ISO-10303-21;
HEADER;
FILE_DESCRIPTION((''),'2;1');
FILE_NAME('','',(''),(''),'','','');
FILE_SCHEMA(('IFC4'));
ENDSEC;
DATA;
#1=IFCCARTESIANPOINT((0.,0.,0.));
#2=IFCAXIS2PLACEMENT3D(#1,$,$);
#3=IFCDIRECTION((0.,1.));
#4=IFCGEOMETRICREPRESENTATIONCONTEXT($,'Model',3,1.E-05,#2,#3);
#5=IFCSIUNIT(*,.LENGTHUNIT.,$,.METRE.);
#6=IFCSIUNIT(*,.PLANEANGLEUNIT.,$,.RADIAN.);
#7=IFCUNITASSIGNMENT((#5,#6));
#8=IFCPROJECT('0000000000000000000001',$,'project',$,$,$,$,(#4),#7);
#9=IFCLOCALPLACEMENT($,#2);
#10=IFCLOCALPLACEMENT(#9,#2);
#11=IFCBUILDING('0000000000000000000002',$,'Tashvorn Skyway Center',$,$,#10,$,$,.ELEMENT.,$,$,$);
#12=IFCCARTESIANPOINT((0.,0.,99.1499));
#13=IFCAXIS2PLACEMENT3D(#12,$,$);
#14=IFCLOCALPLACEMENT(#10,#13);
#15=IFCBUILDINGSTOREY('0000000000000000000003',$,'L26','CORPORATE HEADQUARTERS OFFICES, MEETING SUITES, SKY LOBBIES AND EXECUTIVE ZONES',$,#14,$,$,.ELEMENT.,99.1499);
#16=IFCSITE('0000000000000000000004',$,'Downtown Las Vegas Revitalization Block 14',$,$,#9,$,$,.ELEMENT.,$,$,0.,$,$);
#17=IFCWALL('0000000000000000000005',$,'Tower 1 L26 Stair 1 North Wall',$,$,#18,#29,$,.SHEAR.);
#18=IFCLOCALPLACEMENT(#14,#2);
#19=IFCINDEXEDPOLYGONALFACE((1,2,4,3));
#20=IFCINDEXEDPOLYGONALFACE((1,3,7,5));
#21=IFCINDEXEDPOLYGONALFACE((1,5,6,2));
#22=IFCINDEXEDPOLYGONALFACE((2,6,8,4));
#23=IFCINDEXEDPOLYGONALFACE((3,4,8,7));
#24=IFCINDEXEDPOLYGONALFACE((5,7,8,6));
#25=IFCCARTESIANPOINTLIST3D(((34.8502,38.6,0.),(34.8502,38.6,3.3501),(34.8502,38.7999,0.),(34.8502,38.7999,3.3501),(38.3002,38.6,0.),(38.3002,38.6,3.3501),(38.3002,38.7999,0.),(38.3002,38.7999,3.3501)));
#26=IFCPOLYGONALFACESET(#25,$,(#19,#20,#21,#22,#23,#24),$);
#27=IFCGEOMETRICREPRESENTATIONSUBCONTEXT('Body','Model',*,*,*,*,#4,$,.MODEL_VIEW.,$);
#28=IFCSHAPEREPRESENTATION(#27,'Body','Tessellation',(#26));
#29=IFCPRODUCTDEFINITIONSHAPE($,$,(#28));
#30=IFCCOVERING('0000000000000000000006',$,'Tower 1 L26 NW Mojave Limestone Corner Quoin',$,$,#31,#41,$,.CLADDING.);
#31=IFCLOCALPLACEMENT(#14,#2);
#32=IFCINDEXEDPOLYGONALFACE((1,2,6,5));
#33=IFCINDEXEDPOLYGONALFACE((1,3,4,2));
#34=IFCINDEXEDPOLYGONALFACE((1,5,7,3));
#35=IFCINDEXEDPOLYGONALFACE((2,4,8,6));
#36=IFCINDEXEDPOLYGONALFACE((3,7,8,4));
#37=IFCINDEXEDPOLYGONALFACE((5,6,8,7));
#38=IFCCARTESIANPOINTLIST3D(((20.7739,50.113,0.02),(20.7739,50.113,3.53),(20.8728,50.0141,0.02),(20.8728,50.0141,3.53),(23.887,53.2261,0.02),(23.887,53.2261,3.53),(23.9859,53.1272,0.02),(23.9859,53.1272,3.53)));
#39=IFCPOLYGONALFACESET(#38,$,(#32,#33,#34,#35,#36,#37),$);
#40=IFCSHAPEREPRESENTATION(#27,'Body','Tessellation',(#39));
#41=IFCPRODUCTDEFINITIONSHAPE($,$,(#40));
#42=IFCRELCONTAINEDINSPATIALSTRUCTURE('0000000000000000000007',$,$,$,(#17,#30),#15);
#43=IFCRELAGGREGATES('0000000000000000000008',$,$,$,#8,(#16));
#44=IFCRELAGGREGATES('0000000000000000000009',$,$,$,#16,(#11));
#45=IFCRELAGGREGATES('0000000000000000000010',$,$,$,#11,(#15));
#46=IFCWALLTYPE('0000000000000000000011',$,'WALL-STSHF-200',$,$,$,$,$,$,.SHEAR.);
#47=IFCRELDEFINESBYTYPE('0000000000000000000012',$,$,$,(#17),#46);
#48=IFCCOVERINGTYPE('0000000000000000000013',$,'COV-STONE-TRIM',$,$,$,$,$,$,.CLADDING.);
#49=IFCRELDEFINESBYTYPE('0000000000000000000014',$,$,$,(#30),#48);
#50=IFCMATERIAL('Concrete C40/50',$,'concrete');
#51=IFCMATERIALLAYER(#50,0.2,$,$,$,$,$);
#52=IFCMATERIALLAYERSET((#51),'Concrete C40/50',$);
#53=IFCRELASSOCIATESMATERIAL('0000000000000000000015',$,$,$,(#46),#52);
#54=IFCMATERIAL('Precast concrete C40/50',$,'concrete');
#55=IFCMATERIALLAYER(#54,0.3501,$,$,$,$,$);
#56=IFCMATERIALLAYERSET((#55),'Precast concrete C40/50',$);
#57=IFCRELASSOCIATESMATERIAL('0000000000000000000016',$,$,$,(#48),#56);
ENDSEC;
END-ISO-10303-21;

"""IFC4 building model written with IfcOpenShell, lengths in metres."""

from ifc_helpers import new_model, si_unit, direction, frame, frame_2d, origin, origin_2d, place, context, subcontext, project, spatial, rectangle, extrude, material, layer, layer_set, type_object, element, save


model = new_model("IFC4")

# Units and contexts
model_context = context("Model", 3, precision=1e-05, world=origin(), true_north=direction((0.0, 1.0)))
body_context = subcontext(model_context, "Body", "Model", "MODEL_VIEW")
ifc_project = project(units=[si_unit("LENGTHUNIT", "METRE"), si_unit("PLANEANGLEUNIT", "RADIAN")], contexts=[model_context])

# Site, building, storey
site_placement = place(None, origin())
site = spatial("IfcSite", under=ifc_project, at=site_placement, Name="Downtown Las Vegas Revitalization Block 14", CompositionType="ELEMENT", RefElevation=0.0)
building_placement = place(site_placement, origin())
building = spatial("IfcBuilding", under=site, at=building_placement, Name="Tashvorn Skyway Center", CompositionType="ELEMENT")
storey_placement = place(building_placement, frame((0.0, 0.0, 99.1499)))
storey = spatial("IfcBuildingStorey", under=building, at=storey_placement, Name="L26", Description="CORPORATE HEADQUARTERS OFFICES, MEETING SUITES, SKY LOBBIES AND EXECUTIVE ZONES", CompositionType="ELEMENT", Elevation=99.1499)

# Shared definitions
ifc_material_1 = material(Name="Precast concrete C40/50", Category="concrete")

# Wall
ifc_material_2 = material(Name="Concrete C40/50", Category="concrete")
ifc_layer_1 = layer(ifc_material_2, 0.2)
ifc_layer_set_1 = layer_set([ifc_layer_1], Name="Concrete C40/50")
wall_type_1 = type_object("IfcWallType", Name="WALL-STSHF-200", PredefinedType="SHEAR", material=ifc_layer_set_1)
wall_1_placement = place(storey_placement, frame((34.8501, 38.7, 0.0), z_axis=(0.0, 0.0, 1.0), x_axis=(1.0, 0.0, 0.0)))
element("IfcWall", 1, at=wall_1_placement, inside=storey, type_object=wall_type_1, Name="Tower 1 L26 Stair 1 North Wall", PredefinedType="SHEAR", context=body_context, shape_type="SweptSolid", body=[
    extrude(rectangle(XDim=3.45, YDim=0.2, at=frame_2d((1.7251, 0.0))), origin(), (0.0, 0.0, 1.0), 3.3501),
])

# Covering
ifc_layer_2 = layer(ifc_material_1, 0.3501)
ifc_layer_set_2 = layer_set([ifc_layer_2], Name="Precast concrete C40/50")
covering_type = type_object("IfcCoveringType", Name="COV-STONE-TRIM", PredefinedType="CLADDING", material=ifc_layer_set_2)
covering_placement = place(storey_placement, frame((22.3799, 51.6201, 0.02), z_axis=(0.0, 0.0, 1.0), x_axis=(-0.707107, -0.707107, 0.0)))
element("IfcCovering", 2, at=covering_placement, inside=storey, type_object=covering_type, Name="Tower 1 L26 NW Mojave Limestone Corner Quoin", PredefinedType="CLADDING", context=body_context, shape_type="SweptSolid", body=[
    extrude(rectangle(XDim=4.4026, YDim=0.1399, at=origin_2d()), origin(), (0.0, 0.0, 1.0), 3.51),
])

save(model, "model.ifc")
